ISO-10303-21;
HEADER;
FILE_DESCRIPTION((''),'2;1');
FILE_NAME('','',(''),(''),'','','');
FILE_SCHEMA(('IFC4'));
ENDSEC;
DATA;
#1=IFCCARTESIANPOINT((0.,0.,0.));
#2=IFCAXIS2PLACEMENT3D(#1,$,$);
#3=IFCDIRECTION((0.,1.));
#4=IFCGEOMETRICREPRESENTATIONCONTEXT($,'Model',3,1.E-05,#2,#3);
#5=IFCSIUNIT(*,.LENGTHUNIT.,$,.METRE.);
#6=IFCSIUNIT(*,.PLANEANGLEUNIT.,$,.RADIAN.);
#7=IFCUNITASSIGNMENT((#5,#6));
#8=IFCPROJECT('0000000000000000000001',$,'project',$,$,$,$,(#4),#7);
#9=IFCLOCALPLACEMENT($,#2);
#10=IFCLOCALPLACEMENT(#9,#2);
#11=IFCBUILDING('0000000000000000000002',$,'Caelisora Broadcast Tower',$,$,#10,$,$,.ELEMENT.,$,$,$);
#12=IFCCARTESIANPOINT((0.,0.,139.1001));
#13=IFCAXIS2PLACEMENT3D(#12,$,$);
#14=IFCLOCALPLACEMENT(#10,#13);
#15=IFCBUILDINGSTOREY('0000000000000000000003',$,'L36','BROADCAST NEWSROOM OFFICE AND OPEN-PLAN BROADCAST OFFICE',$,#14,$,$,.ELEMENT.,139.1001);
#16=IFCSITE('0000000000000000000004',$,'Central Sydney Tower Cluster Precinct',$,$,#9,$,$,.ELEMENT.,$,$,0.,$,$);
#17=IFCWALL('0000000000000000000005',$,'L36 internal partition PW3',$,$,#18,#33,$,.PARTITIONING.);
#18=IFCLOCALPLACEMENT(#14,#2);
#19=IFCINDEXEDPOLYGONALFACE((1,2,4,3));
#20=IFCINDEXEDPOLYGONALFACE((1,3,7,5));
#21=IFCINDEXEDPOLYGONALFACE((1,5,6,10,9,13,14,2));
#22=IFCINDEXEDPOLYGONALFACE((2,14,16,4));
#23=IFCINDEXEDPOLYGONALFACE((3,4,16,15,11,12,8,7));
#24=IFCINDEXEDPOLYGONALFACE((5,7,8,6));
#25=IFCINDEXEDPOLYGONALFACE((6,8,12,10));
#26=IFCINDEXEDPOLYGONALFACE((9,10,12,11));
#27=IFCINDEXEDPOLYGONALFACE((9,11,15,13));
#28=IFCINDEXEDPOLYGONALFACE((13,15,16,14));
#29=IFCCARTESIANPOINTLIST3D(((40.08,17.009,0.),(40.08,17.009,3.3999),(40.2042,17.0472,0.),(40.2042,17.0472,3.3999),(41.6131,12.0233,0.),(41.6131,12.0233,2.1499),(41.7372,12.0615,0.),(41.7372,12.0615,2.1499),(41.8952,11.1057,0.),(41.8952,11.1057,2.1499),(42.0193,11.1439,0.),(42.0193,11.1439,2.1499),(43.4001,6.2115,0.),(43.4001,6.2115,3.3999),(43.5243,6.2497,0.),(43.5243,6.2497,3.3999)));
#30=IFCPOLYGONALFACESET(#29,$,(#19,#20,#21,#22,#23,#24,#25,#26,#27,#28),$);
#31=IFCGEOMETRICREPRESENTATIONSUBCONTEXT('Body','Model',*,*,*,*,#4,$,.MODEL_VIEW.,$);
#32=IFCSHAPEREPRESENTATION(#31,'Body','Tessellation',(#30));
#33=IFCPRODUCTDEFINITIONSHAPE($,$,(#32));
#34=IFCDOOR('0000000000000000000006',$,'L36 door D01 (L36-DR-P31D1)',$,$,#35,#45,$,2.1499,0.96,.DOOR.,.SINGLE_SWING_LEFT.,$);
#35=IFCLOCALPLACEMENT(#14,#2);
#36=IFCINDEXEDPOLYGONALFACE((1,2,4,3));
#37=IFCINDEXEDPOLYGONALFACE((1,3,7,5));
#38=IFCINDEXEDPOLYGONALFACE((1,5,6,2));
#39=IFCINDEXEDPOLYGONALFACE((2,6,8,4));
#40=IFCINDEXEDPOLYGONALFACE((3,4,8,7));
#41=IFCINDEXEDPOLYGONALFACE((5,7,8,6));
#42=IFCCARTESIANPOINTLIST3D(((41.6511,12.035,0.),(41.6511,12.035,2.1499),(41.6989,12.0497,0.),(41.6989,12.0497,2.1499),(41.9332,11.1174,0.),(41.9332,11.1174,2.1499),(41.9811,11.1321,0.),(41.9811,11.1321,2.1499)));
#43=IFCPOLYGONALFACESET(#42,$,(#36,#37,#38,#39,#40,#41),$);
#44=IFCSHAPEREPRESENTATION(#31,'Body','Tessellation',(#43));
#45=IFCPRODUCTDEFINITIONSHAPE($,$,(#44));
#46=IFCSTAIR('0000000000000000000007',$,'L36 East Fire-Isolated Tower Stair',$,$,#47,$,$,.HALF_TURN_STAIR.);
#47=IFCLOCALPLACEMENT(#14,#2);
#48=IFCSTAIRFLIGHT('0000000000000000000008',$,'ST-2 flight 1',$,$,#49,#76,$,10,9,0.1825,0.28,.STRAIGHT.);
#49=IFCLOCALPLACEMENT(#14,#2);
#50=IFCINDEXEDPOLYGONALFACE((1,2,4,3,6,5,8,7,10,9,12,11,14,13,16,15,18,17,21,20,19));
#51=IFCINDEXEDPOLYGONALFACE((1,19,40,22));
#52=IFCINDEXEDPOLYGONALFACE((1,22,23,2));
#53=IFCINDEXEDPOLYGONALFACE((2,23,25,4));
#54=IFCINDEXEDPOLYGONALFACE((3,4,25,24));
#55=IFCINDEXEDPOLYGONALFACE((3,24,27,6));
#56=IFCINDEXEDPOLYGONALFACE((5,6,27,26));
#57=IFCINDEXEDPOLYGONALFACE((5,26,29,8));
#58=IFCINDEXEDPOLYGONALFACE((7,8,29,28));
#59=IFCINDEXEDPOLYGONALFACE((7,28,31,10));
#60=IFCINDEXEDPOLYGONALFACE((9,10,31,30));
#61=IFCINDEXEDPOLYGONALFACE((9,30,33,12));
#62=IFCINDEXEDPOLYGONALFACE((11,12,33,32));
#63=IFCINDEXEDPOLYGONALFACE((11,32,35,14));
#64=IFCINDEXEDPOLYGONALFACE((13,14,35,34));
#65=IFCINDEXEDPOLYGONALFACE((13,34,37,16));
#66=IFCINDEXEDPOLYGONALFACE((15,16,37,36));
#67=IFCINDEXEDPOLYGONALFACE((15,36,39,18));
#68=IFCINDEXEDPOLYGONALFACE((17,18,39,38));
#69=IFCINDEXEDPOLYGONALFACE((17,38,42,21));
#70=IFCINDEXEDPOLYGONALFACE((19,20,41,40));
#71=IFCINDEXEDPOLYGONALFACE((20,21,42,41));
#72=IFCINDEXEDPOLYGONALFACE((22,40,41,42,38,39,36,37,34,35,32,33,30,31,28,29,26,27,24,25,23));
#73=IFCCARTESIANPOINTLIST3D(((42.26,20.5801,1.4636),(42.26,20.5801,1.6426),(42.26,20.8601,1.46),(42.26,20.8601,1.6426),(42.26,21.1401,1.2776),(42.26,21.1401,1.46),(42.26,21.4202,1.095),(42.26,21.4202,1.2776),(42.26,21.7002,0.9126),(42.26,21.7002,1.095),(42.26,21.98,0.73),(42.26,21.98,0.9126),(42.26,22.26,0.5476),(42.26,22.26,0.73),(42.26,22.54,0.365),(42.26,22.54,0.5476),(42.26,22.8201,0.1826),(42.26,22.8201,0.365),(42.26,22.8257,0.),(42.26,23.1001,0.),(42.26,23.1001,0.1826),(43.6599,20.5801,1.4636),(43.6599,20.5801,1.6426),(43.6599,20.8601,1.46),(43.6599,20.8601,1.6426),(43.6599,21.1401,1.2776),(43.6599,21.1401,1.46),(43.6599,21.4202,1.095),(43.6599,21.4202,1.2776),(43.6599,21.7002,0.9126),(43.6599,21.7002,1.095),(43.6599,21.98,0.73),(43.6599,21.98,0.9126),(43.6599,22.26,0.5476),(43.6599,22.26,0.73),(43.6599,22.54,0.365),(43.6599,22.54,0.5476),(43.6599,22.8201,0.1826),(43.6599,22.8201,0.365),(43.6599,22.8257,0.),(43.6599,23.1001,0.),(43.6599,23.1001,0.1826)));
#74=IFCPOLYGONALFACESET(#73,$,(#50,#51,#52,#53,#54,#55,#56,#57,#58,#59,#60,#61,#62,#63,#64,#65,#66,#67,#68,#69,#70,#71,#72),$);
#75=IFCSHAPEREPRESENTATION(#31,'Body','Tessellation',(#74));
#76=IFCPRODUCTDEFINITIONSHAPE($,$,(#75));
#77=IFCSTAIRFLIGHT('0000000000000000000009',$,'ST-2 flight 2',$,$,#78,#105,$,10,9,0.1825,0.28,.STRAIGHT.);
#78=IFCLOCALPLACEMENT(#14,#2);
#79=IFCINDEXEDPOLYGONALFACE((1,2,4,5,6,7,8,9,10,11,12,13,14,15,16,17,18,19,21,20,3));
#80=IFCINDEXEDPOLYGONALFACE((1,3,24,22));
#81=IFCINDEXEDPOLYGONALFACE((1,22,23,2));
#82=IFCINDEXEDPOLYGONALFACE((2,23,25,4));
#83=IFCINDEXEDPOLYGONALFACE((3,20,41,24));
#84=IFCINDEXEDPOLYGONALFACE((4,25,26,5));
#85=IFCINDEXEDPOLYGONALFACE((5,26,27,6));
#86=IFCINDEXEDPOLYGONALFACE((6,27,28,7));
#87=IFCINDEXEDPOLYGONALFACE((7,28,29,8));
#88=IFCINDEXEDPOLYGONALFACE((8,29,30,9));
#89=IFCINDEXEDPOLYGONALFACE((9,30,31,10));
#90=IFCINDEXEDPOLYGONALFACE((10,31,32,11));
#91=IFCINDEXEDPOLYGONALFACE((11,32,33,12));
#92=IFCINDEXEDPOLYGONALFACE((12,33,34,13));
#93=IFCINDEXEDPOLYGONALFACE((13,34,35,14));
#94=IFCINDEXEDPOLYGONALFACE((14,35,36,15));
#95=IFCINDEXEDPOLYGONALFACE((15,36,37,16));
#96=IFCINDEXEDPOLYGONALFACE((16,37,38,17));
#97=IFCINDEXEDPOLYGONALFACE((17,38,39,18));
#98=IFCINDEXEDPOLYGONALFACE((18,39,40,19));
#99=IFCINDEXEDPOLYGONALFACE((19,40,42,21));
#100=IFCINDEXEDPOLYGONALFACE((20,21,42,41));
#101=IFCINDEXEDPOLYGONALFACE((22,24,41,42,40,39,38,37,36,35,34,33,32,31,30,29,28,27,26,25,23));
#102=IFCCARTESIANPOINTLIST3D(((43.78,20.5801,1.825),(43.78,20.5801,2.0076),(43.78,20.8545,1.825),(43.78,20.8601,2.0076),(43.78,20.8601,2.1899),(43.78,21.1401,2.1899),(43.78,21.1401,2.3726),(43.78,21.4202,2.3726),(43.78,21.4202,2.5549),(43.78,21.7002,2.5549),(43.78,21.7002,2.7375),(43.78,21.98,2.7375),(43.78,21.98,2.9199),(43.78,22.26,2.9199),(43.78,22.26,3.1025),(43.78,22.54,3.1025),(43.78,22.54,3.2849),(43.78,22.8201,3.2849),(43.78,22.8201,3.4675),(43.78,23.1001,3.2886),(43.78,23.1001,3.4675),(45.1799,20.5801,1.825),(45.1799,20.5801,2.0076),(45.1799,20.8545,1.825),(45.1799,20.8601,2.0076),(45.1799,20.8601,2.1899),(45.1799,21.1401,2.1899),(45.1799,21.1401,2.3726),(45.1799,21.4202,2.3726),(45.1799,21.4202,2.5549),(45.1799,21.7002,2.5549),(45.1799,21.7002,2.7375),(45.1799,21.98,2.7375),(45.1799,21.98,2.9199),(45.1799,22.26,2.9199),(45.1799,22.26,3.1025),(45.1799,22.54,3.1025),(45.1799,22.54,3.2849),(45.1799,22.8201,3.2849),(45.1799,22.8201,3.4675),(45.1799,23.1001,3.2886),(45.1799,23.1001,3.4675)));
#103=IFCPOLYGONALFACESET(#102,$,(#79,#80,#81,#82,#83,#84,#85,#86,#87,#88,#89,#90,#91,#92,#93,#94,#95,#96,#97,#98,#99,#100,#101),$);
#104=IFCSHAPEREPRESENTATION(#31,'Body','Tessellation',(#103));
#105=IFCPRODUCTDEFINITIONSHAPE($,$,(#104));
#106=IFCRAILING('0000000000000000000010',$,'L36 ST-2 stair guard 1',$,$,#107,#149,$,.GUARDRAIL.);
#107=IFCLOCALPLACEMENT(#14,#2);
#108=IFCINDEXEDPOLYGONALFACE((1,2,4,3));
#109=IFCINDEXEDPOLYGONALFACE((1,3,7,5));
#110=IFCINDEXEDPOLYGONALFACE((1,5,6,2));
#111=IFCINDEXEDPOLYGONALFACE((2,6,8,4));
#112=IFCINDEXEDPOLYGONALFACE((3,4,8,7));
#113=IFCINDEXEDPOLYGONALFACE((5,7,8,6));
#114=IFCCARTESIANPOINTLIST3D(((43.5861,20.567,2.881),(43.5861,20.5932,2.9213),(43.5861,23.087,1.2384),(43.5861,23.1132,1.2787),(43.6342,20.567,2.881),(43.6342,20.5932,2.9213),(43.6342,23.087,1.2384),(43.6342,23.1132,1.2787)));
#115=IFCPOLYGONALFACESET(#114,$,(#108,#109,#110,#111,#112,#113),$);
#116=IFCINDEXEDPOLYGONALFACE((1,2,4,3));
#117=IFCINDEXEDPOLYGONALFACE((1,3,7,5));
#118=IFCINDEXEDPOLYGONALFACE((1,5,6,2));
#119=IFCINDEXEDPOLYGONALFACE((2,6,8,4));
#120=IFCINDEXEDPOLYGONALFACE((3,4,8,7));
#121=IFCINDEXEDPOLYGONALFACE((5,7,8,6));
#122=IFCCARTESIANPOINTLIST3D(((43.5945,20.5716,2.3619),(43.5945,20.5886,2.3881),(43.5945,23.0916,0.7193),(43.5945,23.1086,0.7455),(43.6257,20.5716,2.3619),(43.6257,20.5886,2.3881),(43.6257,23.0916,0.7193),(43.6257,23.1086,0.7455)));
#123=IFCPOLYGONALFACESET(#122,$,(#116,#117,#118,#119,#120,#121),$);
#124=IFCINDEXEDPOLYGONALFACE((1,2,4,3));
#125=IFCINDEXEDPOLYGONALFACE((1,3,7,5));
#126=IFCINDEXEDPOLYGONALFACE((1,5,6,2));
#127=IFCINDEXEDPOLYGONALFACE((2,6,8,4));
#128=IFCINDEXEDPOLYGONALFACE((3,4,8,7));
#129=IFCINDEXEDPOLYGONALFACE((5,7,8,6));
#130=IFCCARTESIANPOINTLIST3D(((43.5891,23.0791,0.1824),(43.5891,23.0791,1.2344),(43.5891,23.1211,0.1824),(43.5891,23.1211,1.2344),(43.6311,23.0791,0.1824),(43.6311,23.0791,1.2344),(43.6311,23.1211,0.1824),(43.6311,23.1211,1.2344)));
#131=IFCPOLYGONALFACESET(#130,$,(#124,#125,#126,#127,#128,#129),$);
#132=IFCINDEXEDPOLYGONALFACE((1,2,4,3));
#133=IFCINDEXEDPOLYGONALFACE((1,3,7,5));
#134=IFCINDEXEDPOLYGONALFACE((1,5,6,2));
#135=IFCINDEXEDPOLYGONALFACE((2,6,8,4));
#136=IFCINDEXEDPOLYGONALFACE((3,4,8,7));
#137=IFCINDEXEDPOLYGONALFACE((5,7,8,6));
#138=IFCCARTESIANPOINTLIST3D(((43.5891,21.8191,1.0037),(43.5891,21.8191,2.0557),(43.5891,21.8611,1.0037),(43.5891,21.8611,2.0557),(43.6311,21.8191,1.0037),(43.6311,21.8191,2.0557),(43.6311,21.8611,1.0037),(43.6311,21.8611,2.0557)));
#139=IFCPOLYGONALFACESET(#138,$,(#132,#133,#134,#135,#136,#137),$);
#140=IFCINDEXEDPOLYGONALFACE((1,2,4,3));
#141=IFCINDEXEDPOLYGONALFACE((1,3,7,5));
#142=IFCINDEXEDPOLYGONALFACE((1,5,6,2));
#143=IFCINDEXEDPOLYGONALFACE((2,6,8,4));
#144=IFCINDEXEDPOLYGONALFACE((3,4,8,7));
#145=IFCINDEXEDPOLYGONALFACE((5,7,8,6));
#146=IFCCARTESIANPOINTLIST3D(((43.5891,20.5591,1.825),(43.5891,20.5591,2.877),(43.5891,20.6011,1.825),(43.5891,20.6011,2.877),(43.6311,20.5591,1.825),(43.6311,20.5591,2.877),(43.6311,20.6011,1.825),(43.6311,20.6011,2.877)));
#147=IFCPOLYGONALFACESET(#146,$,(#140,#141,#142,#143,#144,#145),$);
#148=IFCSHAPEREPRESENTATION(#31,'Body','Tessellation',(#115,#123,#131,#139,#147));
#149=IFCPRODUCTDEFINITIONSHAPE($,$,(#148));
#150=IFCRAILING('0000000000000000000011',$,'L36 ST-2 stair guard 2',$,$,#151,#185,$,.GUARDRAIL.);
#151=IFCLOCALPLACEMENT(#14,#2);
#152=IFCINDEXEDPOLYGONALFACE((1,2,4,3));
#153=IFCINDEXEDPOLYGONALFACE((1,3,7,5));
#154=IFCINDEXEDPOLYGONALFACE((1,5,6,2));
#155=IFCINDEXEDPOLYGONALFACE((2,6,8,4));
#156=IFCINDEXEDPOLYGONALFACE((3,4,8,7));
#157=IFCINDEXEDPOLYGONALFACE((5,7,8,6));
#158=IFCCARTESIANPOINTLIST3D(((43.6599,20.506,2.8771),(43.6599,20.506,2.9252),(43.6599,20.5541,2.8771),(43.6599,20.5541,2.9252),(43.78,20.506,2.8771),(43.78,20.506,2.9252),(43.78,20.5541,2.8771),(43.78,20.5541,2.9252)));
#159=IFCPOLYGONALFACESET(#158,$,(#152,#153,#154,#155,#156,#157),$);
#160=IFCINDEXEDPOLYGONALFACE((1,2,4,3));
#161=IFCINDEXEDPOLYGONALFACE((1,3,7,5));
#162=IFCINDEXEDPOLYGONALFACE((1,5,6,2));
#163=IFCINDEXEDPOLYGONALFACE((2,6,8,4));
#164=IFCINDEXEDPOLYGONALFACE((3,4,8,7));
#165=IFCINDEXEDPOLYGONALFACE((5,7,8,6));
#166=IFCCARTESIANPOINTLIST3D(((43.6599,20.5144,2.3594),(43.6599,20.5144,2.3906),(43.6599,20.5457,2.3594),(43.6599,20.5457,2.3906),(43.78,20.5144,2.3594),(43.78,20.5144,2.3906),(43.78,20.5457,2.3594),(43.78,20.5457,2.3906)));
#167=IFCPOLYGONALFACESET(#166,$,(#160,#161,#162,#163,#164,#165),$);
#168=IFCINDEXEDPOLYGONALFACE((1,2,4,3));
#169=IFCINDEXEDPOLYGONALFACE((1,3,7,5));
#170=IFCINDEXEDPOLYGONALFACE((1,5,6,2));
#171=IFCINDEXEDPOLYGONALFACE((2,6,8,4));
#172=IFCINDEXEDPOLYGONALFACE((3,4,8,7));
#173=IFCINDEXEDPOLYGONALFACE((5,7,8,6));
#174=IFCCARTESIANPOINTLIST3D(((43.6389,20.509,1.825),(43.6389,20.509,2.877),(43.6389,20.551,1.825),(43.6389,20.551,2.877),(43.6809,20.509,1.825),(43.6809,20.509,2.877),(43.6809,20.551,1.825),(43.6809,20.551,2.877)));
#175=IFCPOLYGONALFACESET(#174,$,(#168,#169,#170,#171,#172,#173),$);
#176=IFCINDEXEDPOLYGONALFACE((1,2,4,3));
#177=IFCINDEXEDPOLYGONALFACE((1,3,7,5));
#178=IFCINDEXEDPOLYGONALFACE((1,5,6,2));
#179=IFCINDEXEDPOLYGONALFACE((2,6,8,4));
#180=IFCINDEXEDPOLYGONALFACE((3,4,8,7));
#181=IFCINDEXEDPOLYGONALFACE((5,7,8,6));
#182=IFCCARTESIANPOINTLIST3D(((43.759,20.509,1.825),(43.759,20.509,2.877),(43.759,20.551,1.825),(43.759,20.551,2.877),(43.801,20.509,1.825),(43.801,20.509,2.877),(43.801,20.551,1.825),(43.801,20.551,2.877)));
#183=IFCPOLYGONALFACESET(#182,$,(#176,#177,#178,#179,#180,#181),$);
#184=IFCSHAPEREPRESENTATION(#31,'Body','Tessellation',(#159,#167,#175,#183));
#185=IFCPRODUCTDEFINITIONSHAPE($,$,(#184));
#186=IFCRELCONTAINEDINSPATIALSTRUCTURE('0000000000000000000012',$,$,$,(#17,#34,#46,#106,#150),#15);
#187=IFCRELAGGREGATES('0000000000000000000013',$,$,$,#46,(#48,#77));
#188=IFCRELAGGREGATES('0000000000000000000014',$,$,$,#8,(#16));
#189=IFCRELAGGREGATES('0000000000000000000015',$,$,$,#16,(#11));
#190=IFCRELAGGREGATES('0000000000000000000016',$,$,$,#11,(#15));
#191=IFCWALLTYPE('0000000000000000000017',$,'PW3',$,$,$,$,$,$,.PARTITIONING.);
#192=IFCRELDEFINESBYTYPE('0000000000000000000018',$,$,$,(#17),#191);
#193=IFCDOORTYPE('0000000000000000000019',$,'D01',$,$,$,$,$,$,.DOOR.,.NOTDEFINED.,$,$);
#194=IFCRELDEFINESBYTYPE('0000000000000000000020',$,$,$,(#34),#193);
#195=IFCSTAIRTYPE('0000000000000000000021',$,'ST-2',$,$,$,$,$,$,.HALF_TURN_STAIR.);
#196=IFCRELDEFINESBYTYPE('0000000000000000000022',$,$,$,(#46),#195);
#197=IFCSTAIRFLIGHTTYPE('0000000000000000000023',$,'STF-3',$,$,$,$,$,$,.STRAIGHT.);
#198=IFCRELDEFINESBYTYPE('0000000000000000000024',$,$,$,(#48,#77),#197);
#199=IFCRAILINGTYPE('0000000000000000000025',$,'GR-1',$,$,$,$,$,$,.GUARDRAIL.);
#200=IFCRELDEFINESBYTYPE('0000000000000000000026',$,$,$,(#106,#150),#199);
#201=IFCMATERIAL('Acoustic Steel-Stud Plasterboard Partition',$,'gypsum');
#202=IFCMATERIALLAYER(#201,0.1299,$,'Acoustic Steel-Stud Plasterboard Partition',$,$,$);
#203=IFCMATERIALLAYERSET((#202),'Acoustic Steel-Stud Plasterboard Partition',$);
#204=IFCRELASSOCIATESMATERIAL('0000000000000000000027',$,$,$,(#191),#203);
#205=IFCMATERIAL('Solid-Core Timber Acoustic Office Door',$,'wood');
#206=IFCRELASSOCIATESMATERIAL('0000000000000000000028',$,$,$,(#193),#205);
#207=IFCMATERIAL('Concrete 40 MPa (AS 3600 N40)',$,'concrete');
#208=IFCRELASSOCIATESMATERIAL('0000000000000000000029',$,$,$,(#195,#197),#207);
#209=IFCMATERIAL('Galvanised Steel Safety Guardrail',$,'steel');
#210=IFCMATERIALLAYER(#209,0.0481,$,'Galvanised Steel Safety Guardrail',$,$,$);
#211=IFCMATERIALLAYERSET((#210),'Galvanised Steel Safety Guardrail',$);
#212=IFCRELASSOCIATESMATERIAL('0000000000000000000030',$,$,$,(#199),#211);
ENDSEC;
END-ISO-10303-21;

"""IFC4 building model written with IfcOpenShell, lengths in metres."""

from ifc_helpers import new_model, si_unit, direction, frame, frame_2d, origin, origin_2d, place, context, subcontext, project, spatial, polyline, rectangle, outline, extrude, material, layer, layer_set, type_object, element, fill, aggregate, save


model = new_model("IFC4")

# Units and contexts
model_context = context("Model", 3, precision=1e-05, world=origin(), true_north=direction((0.0, 1.0)))
body_context = subcontext(model_context, "Body", "Model", "MODEL_VIEW")
ifc_project = project(units=[si_unit("LENGTHUNIT", "METRE"), si_unit("PLANEANGLEUNIT", "RADIAN")], contexts=[model_context])

# Site, building, storey
site_placement = place(None, origin())
site = spatial("IfcSite", under=ifc_project, at=site_placement, Name="Central Sydney Tower Cluster Precinct", CompositionType="ELEMENT", RefElevation=0.0)
building_placement = place(site_placement, origin())
building = spatial("IfcBuilding", under=site, at=building_placement, Name="Caelisora Broadcast Tower", CompositionType="ELEMENT")
storey_placement = place(building_placement, frame((0.0, 0.0, 139.1001)))
storey = spatial("IfcBuildingStorey", under=building, at=storey_placement, Name="L36", Description="BROADCAST NEWSROOM OFFICE AND OPEN-PLAN BROADCAST OFFICE", CompositionType="ELEMENT", Elevation=139.1001)

# Shared definitions
ifc_material_1 = material(Name="Acoustic Steel-Stud Plasterboard Partition", Category="gypsum")
ifc_layer_1 = layer(ifc_material_1, 0.1299, Name="Acoustic Steel-Stud Plasterboard Partition")
ifc_layer_set_1 = layer_set([ifc_layer_1], Name="Acoustic Steel-Stud Plasterboard Partition")
wall_type_1 = type_object("IfcWallType", Name="PW3", PredefinedType="PARTITIONING", material=ifc_layer_set_1)

# Wall, opening, door
wall_1_placement = place(storey_placement, frame((40.1421, 17.0281, 0.0), z_axis=(0.0, 0.0, 1.0), x_axis=(0.293908, -0.955834, 0.0)))
wall_1 = element("IfcWall", 1, at=wall_1_placement, inside=storey, type_object=wall_type_1, Name="L36 internal partition PW3", PredefinedType="PARTITIONING", context=body_context, shape_type="SweptSolid", body=[
    extrude(rectangle(XDim=11.2964, YDim=0.1299, at=frame_2d((5.6482, 0.0))), origin(), (0.0, 0.0, 1.0), 3.3999),
])
opening_1_placement = place(wall_1_placement, frame((5.2161, 0.0, 0.0)))
opening_1 = element("IfcOpeningElement", 2, at=opening_1_placement, cuts=wall_1, PredefinedType="OPENING", context=body_context, shape_type="SweptSolid", body=[
    extrude(rectangle(XDim=0.96, YDim=2.1499, at=frame_2d((0.48, 1.075))), frame((0.0, 0.0769, 0.0), z_axis=(0.0, -1.0, 0.0), x_axis=(1.0, 0.0, 0.0)), (0.0, 0.0, 1.0), 0.1538),
])
ifc_material_2 = material(Name="Solid-Core Timber Acoustic Office Door", Category="wood")
door_type_1 = type_object("IfcDoorType", Name="D01", OperationType="NOTDEFINED", PredefinedType="DOOR", material=ifc_material_2)
door_1_placement = place(opening_1_placement, origin())
door_1 = element("IfcDoor", 3, at=door_1_placement, inside=storey, type_object=door_type_1, Name="L36 door D01 (L36-DR-P31D1)", OperationType="SINGLE_SWING_LEFT", OverallHeight=2.1499, OverallWidth=0.96, PredefinedType="DOOR", context=body_context, shape_type="SweptSolid", body=[
    extrude(rectangle(XDim=0.96, YDim=2.1499, at=frame_2d((0.48, 1.075))), frame((0.0, 0.0249, 0.0), z_axis=(0.0, -1.0, 0.0), x_axis=(1.0, 0.0, 0.0)), (0.0, 0.0, 1.0), 0.05),
])
fill(opening_1, door_1)

# Stair, stair flights
ifc_material_3 = material(Name="Concrete 40 MPa (AS 3600 N40)", Category="concrete")
stair_type = type_object("IfcStairType", Name="ST-2", PredefinedType="HALF_TURN_STAIR", material=ifc_material_3)
stair_placement = place(storey_placement, origin())
stair = element("IfcStair", 4, at=stair_placement, inside=storey, type_object=stair_type, Name="L36 East Fire-Isolated Tower Stair", PredefinedType="HALF_TURN_STAIR")
stair_flight_type = type_object("IfcStairFlightType", Name="STF-3", PredefinedType="STRAIGHT", material=ifc_material_3)
stair_flight_1_placement = place(storey_placement, frame((42.96, 23.1001, 0.0), z_axis=(0.0, 0.0, 1.0), x_axis=(0.0, -1.0, 0.0)))
stair_flight_1 = element("IfcStairFlight", 5, at=stair_flight_1_placement, type_object=stair_flight_type, Name="ST-2 flight 1", NumberOfRisers=10, NumberOfTreads=9, PredefinedType="STRAIGHT", RiserHeight=0.1825, TreadLength=0.28, context=body_context, shape_type="SweptSolid", body=[
    extrude(outline(polyline([(0.0, 0.0), (0.0, 0.1826), (0.28, 0.1826), (0.28, 0.365), (0.5601, 0.365), (0.5601, 0.5476), (0.8401, 0.5476), (0.8401, 0.73), (1.1201, 0.73), (1.1201, 0.9126), (1.3999, 0.9126), (1.3999, 1.095), (1.6799, 1.095), (1.6799, 1.2776), (1.96, 1.2776), (1.96, 1.46), (2.24, 1.46), (2.24, 1.6426), (2.52, 1.6426), (2.52, 1.825), (2.52, 1.4636), (0.2744, 0.0), (0.0, 0.0)])), frame((0.0, 0.7, 0.0), z_axis=(0.0, -1.0, 0.0), x_axis=(1.0, 0.0, 0.0)), (0.0, 0.0, 1.0), 1.3999),
])
stair_flight_2_placement = place(storey_placement, frame((44.48, 20.5801, 1.825), z_axis=(0.0, 0.0, 1.0), x_axis=(0.0, 1.0, 0.0)))
stair_flight_2 = element("IfcStairFlight", 6, at=stair_flight_2_placement, type_object=stair_flight_type, Name="ST-2 flight 2", NumberOfRisers=10, NumberOfTreads=9, PredefinedType="STRAIGHT", RiserHeight=0.1825, TreadLength=0.28, context=body_context, shape_type="SweptSolid", body=[
    extrude(outline(polyline([(0.0, 0.0), (0.0, 0.1826), (0.28, 0.1826), (0.28, 0.365), (0.5601, 0.365), (0.5601, 0.5476), (0.8401, 0.5476), (0.8401, 0.73), (1.1201, 0.73), (1.1201, 0.9126), (1.3999, 0.9126), (1.3999, 1.095), (1.6799, 1.095), (1.6799, 1.2776), (1.96, 1.2776), (1.96, 1.46), (2.24, 1.46), (2.24, 1.6426), (2.52, 1.6426), (2.52, 1.825), (2.52, 1.4636), (0.2744, 0.0), (0.0, 0.0)])), frame((0.0, 0.7, 0.0), z_axis=(0.0, -1.0, 0.0), x_axis=(1.0, 0.0, 0.0)), (0.0, 0.0, 1.0), 1.3999),
])
aggregate(stair, [stair_flight_1, stair_flight_2])

# Railings
ifc_material_4 = material(Name="Galvanised Steel Safety Guardrail", Category="steel")
ifc_layer_2 = layer(ifc_material_4, 0.0481, Name="Galvanised Steel Safety Guardrail")
ifc_layer_set_2 = layer_set([ifc_layer_2], Name="Galvanised Steel Safety Guardrail")
railing_type_1 = type_object("IfcRailingType", Name="GR-1", PredefinedType="GUARDRAIL", material=ifc_layer_set_2)
railing_1_placement = place(storey_placement, frame((43.6101, 23.1001, 0.1824)))
element("IfcRailing", 7, at=railing_1_placement, inside=storey, type_object=railing_type_1, Name="L36 ST-2 stair guard 1", PredefinedType="GUARDRAIL", context=body_context, shape_type="SweptSolid", body=[
    extrude(rectangle(XDim=0.0481, YDim=0.0481, at=origin_2d()), frame((0.0, 0.0, 1.0762), z_axis=(0.0, -0.837749, 0.546055), x_axis=(1.0, 0.0, 0.0)), (0.0, 0.0, 1.0), 3.0081),
    extrude(rectangle(XDim=0.0312, YDim=0.0312, at=origin_2d()), frame((0.0, 0.0, 0.55), z_axis=(0.0, -0.837749, 0.546055), x_axis=(1.0, 0.0, 0.0)), (0.0, 0.0, 1.0), 3.0081),
    extrude(rectangle(XDim=0.042, YDim=0.042, at=origin_2d()), origin(), (0.0, 0.0, 1.0), 1.052),
    extrude(rectangle(XDim=0.042, YDim=0.042, at=origin_2d()), frame((0.0, -1.26, 0.8213)), (0.0, 0.0, 1.0), 1.052),
    extrude(rectangle(XDim=0.042, YDim=0.042, at=origin_2d()), frame((0.0, -2.52, 1.6426)), (0.0, 0.0, 1.0), 1.052),
])
railing_2_placement = place(storey_placement, frame((43.6599, 20.53, 1.825)))
element("IfcRailing", 8, at=railing_2_placement, inside=storey, type_object=railing_type_1, Name="L36 ST-2 stair guard 2", PredefinedType="GUARDRAIL", context=body_context, shape_type="SweptSolid", body=[
    extrude(rectangle(XDim=0.0481, YDim=0.0481, at=origin_2d()), frame((0.0, 0.0, 1.0762), z_axis=(1.0, 0.0, 0.0), x_axis=(0.0, 1.0, 0.0)), (0.0, 0.0, 1.0), 0.1201),
    extrude(rectangle(XDim=0.0312, YDim=0.0312, at=origin_2d()), frame((0.0, 0.0, 0.55), z_axis=(1.0, 0.0, 0.0), x_axis=(0.0, 1.0, 0.0)), (0.0, 0.0, 1.0), 0.1201),
    extrude(rectangle(XDim=0.042, YDim=0.042, at=origin_2d()), origin(), (0.0, 0.0, 1.0), 1.052),
    extrude(rectangle(XDim=0.042, YDim=0.042, at=origin_2d()), frame((0.1201, 0.0, 0.0)), (0.0, 0.0, 1.0), 1.052),
])

save(model, "model.ifc")
